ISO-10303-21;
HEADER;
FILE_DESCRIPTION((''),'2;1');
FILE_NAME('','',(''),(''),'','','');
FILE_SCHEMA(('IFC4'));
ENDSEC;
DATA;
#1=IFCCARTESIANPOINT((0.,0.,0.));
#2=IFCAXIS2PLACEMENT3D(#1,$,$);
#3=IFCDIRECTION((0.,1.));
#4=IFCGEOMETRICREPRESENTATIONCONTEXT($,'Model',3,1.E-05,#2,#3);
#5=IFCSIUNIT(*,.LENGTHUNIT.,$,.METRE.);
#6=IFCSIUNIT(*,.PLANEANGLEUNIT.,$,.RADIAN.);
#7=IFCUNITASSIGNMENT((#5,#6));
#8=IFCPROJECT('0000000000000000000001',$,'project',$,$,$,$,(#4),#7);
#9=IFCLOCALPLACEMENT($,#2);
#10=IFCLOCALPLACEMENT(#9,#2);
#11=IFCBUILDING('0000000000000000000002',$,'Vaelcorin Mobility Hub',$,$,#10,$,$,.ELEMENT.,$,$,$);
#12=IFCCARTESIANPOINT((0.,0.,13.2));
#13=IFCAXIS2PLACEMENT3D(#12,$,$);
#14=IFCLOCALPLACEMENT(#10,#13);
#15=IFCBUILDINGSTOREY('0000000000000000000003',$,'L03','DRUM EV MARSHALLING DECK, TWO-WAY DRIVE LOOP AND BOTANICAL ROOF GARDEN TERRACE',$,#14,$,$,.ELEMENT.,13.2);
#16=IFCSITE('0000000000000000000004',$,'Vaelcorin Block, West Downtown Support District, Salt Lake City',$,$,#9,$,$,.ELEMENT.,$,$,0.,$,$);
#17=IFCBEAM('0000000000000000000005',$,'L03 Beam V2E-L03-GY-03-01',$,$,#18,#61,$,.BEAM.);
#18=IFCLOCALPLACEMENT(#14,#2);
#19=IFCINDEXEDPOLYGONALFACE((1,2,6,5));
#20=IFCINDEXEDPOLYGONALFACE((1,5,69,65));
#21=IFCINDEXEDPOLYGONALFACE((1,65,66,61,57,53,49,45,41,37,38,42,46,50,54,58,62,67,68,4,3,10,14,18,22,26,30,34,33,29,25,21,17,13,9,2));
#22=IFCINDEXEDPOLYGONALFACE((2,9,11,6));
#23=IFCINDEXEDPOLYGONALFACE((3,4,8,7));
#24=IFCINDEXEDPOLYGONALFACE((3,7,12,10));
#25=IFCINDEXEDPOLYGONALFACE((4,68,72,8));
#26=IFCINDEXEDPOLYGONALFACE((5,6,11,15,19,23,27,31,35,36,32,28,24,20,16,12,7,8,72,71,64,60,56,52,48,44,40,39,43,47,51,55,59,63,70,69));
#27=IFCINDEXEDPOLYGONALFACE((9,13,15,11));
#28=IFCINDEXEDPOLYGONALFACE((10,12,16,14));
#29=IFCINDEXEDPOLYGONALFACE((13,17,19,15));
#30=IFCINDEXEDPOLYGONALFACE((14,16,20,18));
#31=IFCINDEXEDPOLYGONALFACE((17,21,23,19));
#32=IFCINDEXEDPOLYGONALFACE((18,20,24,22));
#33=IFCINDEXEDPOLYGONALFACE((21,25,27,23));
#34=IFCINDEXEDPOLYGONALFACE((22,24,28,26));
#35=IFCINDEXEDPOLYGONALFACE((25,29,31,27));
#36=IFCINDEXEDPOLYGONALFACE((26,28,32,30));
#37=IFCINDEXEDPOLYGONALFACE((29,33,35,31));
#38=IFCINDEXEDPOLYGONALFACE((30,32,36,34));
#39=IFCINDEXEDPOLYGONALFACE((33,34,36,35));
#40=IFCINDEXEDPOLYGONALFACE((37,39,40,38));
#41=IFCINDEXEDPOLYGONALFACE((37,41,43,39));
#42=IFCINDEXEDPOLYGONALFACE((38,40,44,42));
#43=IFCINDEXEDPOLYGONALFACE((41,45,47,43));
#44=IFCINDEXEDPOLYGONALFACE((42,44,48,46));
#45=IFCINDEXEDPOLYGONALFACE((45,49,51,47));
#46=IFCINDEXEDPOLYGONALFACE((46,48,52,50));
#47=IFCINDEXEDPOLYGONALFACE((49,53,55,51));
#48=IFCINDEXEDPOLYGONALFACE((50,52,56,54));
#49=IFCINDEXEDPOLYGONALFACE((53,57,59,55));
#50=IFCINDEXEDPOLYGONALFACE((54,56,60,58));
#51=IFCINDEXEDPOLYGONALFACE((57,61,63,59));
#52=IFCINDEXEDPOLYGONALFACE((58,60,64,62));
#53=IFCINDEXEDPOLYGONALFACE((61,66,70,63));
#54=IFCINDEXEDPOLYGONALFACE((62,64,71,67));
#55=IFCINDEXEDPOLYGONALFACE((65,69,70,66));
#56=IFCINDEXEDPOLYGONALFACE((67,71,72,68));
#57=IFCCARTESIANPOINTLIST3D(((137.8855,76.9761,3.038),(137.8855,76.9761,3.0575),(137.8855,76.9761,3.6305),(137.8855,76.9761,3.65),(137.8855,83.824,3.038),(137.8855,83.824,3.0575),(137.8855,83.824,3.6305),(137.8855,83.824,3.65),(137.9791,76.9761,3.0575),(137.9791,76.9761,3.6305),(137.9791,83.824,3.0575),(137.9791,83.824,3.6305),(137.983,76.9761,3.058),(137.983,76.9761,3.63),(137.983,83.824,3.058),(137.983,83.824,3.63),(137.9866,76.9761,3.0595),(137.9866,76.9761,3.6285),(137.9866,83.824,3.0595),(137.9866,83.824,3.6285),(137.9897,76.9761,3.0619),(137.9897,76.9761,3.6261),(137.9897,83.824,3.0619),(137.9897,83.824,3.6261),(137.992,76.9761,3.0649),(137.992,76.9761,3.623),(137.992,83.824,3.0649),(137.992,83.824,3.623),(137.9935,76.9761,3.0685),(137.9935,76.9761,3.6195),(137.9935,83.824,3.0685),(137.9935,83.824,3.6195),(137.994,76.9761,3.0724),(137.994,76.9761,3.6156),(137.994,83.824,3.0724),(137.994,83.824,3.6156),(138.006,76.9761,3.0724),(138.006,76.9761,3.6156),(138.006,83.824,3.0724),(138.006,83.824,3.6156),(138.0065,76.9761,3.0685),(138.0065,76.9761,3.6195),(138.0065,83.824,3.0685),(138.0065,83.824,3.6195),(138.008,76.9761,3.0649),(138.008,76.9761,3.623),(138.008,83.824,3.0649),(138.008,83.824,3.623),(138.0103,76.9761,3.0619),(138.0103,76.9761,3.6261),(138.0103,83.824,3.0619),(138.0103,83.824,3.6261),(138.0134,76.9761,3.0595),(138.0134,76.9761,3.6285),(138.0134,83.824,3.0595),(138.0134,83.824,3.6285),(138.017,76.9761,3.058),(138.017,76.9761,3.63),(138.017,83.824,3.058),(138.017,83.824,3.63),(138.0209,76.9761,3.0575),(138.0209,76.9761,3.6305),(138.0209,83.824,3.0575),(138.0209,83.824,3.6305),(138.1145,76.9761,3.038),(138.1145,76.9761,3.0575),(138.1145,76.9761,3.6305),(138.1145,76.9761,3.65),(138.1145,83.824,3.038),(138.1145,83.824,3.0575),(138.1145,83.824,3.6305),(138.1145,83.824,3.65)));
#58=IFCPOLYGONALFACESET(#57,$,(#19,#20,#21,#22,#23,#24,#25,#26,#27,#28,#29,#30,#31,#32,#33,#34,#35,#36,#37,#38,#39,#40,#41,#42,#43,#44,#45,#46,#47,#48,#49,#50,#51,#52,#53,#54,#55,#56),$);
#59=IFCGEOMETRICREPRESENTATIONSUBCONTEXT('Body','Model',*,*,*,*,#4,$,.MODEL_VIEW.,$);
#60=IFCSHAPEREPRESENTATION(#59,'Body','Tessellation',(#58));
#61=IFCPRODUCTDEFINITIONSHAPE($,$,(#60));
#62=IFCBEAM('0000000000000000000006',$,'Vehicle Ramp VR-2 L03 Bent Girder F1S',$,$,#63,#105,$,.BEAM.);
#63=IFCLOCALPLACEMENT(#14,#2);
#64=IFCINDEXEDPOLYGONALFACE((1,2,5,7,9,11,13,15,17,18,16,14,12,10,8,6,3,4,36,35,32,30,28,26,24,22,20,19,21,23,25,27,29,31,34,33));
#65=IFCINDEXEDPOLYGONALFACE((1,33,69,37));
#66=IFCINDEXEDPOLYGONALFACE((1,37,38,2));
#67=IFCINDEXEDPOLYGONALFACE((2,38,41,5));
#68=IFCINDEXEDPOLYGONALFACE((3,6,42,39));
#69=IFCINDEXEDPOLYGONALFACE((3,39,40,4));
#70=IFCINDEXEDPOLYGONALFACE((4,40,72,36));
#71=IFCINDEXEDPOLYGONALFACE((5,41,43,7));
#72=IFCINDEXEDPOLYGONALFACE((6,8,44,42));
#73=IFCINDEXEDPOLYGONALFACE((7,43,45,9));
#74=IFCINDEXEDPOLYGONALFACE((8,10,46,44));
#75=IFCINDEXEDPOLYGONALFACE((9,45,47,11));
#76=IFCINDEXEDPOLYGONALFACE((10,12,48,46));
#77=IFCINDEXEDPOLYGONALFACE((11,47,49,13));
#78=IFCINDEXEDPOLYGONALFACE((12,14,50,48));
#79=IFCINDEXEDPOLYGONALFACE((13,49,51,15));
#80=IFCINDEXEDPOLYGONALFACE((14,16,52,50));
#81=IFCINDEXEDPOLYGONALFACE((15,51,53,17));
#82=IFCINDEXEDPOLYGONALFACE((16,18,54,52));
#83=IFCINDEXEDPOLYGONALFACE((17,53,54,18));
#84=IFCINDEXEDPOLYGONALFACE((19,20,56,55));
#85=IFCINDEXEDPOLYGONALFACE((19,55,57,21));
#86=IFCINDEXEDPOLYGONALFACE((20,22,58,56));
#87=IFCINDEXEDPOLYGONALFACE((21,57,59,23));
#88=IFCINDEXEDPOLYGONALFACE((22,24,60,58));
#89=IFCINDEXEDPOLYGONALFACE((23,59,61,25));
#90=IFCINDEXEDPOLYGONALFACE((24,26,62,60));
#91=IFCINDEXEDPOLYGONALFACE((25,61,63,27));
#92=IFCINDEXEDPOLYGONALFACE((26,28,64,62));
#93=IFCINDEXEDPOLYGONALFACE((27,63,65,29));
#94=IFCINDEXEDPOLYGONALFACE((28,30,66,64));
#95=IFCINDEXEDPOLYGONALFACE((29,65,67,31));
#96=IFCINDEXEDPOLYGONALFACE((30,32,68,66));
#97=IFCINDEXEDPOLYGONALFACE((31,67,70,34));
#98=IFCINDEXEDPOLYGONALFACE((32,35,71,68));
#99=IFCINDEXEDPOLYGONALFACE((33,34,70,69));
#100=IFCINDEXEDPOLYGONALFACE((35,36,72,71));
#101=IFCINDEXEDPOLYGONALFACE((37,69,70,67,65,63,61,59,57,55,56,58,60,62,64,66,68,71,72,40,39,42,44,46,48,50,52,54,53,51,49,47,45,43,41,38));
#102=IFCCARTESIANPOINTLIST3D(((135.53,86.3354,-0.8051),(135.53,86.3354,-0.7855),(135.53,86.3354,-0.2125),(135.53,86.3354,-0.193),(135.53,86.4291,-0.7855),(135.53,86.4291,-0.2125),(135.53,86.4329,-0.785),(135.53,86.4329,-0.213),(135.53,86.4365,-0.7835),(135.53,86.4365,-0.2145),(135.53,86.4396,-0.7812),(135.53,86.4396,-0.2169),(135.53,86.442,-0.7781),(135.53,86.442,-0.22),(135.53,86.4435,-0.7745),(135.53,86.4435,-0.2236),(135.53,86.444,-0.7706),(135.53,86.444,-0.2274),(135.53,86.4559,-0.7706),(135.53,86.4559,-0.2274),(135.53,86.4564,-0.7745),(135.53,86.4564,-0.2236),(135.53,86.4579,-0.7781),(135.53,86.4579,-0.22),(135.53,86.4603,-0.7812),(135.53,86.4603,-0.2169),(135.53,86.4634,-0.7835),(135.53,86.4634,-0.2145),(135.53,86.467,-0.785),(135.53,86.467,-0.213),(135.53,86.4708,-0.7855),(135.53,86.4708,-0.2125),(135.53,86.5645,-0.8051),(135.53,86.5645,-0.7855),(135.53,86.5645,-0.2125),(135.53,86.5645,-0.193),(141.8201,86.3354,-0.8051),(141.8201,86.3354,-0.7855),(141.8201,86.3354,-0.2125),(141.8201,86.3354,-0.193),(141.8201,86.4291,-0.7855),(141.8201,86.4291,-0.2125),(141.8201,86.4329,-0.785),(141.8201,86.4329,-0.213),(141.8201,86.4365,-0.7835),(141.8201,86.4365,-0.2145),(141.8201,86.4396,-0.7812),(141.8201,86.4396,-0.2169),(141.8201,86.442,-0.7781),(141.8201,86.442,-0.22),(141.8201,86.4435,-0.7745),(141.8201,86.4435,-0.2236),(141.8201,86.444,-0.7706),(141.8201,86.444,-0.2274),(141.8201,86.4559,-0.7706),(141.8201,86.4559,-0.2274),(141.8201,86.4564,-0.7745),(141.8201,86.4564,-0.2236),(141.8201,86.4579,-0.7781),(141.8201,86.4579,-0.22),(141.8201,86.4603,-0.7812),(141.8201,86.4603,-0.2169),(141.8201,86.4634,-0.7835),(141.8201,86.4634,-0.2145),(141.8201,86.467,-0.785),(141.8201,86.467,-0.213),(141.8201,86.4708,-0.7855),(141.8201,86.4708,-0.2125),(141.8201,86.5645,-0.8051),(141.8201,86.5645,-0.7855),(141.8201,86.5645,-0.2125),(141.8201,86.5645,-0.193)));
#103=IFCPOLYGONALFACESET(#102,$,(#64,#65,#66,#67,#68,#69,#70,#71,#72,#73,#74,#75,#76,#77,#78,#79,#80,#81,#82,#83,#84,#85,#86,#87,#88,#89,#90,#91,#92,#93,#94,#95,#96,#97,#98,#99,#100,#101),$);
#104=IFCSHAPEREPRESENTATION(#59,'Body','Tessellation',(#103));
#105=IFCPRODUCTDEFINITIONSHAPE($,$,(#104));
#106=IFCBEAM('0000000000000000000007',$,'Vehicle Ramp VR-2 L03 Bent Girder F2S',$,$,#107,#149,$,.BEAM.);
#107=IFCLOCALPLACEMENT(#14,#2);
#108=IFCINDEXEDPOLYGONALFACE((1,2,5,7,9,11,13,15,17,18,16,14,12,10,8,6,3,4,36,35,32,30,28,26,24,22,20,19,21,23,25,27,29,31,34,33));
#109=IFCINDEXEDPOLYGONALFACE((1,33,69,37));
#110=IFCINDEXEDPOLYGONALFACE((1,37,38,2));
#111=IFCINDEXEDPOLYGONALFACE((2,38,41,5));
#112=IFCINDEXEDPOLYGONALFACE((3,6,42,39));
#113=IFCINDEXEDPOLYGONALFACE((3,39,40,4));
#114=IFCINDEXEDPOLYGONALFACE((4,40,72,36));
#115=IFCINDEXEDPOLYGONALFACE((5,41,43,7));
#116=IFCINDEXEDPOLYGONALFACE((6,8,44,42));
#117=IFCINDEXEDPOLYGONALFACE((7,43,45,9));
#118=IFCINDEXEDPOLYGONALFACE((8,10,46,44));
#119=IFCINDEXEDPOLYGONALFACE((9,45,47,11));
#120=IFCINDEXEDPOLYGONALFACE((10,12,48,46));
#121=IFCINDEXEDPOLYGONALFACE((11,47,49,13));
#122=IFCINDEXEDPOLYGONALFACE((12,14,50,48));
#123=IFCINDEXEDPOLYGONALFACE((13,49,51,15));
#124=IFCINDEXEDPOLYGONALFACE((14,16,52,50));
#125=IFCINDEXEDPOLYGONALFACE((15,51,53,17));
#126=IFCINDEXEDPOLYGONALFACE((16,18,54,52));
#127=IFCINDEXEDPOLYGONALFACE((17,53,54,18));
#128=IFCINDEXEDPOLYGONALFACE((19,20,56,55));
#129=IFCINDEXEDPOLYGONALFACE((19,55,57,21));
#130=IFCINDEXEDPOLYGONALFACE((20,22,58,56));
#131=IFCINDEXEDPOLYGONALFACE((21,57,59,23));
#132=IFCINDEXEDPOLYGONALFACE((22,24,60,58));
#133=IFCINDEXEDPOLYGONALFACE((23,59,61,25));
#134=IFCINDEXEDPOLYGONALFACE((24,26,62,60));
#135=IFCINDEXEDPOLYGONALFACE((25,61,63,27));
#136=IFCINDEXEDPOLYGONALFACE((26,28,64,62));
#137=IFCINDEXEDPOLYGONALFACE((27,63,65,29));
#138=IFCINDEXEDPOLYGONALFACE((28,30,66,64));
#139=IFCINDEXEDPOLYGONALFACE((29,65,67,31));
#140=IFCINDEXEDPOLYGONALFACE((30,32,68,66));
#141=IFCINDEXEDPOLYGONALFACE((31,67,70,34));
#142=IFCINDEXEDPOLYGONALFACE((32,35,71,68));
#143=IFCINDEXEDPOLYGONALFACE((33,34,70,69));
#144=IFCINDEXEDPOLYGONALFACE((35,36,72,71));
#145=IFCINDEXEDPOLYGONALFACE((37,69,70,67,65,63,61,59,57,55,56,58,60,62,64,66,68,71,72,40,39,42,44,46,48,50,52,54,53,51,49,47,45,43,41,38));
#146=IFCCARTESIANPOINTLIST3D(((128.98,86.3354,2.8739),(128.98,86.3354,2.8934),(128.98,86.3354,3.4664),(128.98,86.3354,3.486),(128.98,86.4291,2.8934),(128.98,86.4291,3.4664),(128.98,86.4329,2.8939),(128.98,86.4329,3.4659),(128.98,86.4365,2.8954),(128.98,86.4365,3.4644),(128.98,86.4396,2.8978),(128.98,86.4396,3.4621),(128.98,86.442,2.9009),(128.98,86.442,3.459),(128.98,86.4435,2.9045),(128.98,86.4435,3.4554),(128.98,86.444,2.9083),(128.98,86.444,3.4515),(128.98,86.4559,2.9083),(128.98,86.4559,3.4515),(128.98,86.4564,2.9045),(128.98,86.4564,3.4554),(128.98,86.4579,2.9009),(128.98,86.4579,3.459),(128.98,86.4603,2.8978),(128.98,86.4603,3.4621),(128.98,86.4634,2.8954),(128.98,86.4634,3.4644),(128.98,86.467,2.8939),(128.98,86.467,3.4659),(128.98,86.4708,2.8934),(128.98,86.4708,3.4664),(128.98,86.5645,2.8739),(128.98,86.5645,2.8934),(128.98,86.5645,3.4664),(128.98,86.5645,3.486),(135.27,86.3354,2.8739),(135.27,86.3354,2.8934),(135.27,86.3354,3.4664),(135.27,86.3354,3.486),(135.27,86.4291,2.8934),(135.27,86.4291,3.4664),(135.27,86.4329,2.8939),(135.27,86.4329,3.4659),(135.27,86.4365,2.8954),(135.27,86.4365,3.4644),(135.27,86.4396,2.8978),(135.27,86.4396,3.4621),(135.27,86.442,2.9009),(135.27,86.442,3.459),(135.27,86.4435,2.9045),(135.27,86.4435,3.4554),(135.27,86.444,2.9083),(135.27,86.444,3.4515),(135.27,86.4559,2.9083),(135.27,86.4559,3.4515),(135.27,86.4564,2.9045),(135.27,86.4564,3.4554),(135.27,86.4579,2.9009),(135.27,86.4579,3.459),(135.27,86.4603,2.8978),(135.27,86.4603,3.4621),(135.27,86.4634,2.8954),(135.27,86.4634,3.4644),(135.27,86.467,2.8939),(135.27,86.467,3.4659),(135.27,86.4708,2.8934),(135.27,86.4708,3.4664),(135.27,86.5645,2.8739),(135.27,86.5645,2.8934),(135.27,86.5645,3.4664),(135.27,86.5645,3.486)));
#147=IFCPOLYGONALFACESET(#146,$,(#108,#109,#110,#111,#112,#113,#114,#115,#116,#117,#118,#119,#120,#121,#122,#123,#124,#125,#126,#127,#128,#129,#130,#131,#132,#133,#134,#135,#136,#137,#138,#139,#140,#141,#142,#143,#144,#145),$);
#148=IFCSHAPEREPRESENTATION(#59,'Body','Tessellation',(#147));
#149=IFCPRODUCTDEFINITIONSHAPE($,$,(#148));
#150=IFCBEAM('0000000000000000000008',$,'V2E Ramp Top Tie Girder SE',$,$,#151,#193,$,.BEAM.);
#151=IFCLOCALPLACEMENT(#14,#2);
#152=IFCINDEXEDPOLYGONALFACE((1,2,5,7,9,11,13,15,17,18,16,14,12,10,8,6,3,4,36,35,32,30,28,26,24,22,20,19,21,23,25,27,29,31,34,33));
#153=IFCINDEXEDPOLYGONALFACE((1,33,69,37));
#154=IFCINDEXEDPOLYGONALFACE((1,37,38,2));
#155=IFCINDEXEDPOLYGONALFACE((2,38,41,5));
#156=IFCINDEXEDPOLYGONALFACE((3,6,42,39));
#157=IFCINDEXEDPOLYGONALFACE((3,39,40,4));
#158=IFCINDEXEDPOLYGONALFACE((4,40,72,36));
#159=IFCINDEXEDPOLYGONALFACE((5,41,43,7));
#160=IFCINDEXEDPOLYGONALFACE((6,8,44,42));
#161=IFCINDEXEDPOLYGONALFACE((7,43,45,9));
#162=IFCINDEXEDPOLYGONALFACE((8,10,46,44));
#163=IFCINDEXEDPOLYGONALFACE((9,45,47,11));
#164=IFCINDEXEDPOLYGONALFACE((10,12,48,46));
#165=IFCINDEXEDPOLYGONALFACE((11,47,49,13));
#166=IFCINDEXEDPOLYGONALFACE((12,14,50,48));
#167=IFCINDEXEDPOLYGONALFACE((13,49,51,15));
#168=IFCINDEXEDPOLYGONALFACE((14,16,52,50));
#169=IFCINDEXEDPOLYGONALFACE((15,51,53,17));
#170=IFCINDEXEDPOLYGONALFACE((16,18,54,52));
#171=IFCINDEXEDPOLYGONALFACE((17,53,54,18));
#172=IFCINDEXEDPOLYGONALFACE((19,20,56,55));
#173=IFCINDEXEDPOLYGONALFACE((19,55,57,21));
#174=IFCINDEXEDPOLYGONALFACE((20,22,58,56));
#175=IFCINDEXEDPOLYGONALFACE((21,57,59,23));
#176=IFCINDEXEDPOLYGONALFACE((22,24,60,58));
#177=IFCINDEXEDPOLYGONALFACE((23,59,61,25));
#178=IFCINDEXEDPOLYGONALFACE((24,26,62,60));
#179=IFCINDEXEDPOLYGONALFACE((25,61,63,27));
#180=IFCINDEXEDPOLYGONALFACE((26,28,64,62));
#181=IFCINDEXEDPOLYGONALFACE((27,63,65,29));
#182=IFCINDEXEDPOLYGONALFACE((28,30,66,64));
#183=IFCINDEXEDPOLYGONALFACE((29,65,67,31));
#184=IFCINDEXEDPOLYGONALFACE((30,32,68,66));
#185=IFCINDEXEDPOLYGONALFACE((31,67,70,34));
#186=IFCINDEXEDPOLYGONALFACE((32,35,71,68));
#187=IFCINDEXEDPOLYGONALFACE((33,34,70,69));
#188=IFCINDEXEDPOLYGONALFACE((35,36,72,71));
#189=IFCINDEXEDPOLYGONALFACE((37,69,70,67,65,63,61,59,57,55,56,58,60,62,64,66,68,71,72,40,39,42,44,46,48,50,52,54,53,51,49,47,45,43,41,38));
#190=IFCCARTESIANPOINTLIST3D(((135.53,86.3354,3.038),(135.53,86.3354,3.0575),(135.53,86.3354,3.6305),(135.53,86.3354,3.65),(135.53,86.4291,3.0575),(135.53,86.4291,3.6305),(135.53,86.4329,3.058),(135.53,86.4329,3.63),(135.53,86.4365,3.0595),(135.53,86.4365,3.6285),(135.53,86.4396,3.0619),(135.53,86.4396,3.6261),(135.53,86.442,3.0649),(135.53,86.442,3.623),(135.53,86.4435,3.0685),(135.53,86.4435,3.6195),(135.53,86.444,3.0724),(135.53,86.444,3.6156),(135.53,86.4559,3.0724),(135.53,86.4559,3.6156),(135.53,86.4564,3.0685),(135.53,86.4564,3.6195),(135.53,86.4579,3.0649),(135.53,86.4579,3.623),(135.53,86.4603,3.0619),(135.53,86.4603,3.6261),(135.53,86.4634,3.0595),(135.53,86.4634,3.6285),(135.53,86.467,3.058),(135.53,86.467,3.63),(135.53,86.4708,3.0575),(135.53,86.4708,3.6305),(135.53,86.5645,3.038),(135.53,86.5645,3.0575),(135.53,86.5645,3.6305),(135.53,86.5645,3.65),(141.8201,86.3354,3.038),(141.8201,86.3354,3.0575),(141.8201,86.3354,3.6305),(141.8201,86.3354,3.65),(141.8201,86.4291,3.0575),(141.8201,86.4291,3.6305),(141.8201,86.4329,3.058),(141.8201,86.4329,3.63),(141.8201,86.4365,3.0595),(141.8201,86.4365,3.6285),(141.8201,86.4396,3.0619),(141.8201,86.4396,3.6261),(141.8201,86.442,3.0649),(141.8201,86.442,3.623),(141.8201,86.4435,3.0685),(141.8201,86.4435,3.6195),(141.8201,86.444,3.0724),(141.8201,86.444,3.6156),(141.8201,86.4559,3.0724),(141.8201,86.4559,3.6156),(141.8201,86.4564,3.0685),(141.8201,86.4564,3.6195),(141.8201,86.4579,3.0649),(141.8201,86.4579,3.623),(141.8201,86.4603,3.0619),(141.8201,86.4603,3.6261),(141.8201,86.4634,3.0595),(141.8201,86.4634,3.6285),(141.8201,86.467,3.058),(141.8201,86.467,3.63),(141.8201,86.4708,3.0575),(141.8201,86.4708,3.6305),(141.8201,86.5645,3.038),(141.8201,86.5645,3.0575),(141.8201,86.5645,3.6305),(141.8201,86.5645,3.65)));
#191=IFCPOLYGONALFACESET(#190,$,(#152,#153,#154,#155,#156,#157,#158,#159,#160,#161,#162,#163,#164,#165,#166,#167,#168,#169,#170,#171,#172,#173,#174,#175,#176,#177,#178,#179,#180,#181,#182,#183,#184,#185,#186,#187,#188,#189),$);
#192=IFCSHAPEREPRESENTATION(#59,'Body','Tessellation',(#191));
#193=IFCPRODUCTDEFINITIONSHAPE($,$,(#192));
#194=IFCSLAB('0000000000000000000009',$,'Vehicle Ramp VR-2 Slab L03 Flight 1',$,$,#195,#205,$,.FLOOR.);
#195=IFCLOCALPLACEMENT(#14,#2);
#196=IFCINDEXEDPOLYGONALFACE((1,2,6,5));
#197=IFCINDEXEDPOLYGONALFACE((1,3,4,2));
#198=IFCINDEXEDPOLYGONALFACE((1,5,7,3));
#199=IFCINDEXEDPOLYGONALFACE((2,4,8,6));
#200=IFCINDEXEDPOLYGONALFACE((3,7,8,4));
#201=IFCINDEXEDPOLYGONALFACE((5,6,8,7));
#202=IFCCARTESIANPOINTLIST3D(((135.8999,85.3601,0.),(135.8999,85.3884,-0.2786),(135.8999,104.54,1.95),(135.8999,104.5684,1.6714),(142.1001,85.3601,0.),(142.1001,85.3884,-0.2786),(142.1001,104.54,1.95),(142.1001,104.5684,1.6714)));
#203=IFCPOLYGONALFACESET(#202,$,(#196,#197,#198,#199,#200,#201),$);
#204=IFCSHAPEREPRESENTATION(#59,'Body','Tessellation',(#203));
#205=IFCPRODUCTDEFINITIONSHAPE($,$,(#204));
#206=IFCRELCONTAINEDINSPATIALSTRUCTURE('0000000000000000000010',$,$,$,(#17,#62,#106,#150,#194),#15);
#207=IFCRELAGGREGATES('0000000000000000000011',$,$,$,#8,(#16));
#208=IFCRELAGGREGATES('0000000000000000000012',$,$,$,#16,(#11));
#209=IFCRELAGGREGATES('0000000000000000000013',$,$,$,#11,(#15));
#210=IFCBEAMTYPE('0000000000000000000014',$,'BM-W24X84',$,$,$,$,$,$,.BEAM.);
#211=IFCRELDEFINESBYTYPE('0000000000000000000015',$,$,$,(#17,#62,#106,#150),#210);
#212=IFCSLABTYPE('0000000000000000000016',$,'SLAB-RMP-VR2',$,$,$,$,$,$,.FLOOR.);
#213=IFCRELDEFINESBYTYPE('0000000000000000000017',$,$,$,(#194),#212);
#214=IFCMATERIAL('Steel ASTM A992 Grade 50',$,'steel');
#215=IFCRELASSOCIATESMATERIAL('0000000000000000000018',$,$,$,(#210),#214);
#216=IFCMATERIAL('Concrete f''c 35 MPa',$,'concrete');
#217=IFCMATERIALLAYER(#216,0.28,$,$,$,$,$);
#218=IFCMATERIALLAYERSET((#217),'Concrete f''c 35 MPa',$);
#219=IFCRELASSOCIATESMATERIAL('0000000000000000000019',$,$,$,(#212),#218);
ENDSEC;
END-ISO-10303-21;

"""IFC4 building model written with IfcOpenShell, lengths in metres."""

from ifc_helpers import new_model, si_unit, direction, frame, origin, origin_2d, place, context, subcontext, project, spatial, polyline, i_section, outline, extrude, material, layer, layer_set, material_profile, profile_set, type_object, element, save


model = new_model("IFC4")

# Units and contexts
model_context = context("Model", 3, precision=1e-05, world=origin(), true_north=direction((0.0, 1.0)))
body_context = subcontext(model_context, "Body", "Model", "MODEL_VIEW")
ifc_project = project(units=[si_unit("LENGTHUNIT", "METRE"), si_unit("PLANEANGLEUNIT", "RADIAN")], contexts=[model_context])

# Site, building, storey
site_placement = place(None, origin())
site = spatial("IfcSite", under=ifc_project, at=site_placement, Name="Vaelcorin Block, West Downtown Support District, Salt Lake City", CompositionType="ELEMENT", RefElevation=0.0)
building_placement = place(site_placement, origin())
building = spatial("IfcBuilding", under=site, at=building_placement, Name="Vaelcorin Mobility Hub", CompositionType="ELEMENT")
storey_placement = place(building_placement, frame((0.0, 0.0, 13.2)))
storey = spatial("IfcBuildingStorey", under=building, at=storey_placement, Name="L03", Description="DRUM EV MARSHALLING DECK, TWO-WAY DRIVE LOOP AND BOTANICAL ROOF GARDEN TERRACE", CompositionType="ELEMENT", Elevation=13.2)

# Shared definitions
ifc_material_1 = material(Name="Steel ASTM A992 Grade 50", Category="steel")

# Beams
ifc_material_profile_1 = material_profile(ifc_material_1, i_section(OverallWidth=0.229, OverallDepth=0.6121, WebThickness=0.012, FlangeThickness=0.0195, FilletRadius=0.0149, at=origin_2d()), Name="W24X84")
ifc_profile_set_1 = profile_set([ifc_material_profile_1], Name="Steel ASTM A992 Grade 50")
beam_type_1 = type_object("IfcBeamType", Name="BM-W24X84", PredefinedType="BEAM", material=ifc_profile_set_1)
for number, where, z_axis, x_axis, name in (
    (1, (138.0, 76.9761, 3.344), (0.0, 1.0, 0.0), (-1.0, 0.0, 0.0), "L03 Beam V2E-L03-GY-03-01"),
):
    element("IfcBeam", number, at=place(storey_placement, frame(where, z_axis=z_axis, x_axis=x_axis)), inside=storey, type_object=beam_type_1, Name=name, PredefinedType="BEAM", context=body_context, shape_type="SweptSolid", body=[
        extrude(i_section(OverallWidth=0.229, OverallDepth=0.6121, WebThickness=0.012, FlangeThickness=0.0195, FilletRadius=0.0149, at=origin_2d()), origin(), (0.0, 0.0, 1.0), 6.8479),
    ])
for number, where, z_axis, x_axis, name in (
    (2, (135.53, 86.45, -0.499), (1.0, 0.0, 0.0), (0.0, 1.0, 0.0), "Vehicle Ramp VR-2 L03 Bent Girder F1S"),
    (3, (128.98, 86.45, 3.1799), (1.0, 0.0, 0.0), (0.0, 1.0, 0.0), "Vehicle Ramp VR-2 L03 Bent Girder F2S"),
    (4, (135.53, 86.45, 3.344), (1.0, 0.0, 0.0), (0.0, 1.0, 0.0), "V2E Ramp Top Tie Girder SE"),
):
    element("IfcBeam", number, at=place(storey_placement, frame(where, z_axis=z_axis, x_axis=x_axis)), inside=storey, type_object=beam_type_1, Name=name, PredefinedType="BEAM", context=body_context, shape_type="SweptSolid", body=[
        extrude(i_section(OverallWidth=0.229, OverallDepth=0.6121, WebThickness=0.012, FlangeThickness=0.0195, FilletRadius=0.0149, at=origin_2d()), origin(), (0.0, 0.0, 1.0), 6.29),
    ])

# Slab
ifc_material_2 = material(Name="Concrete f'c 35 MPa", Category="concrete")
ifc_layer_1 = layer(ifc_material_2, 0.28)
ifc_layer_set_1 = layer_set([ifc_layer_1], Name="Concrete f'c 35 MPa")
slab_type = type_object("IfcSlabType", Name="SLAB-RMP-VR2", PredefinedType="FLOOR", material=ifc_layer_set_1)
slab_1_placement = place(storey_placement, frame((135.8999, 85.3601, 0.0), z_axis=(0.0, -0.101145, 0.994872), x_axis=(1.0, 0.0, 0.0)))
element("IfcSlab", 5, at=slab_1_placement, inside=storey, type_object=slab_type, Name="Vehicle Ramp VR-2 Slab L03 Flight 1", PredefinedType="FLOOR", context=body_context, shape_type="SweptSolid", body=[
    extrude(outline(polyline([(0.0, 0.0), (6.2002, 0.0), (6.2002, 19.2788), (0.0, 19.2788), (0.0, 0.0)])), origin(), (0.0, 0.0, -1.0), 0.28),
])

save(model, "model.ifc")
